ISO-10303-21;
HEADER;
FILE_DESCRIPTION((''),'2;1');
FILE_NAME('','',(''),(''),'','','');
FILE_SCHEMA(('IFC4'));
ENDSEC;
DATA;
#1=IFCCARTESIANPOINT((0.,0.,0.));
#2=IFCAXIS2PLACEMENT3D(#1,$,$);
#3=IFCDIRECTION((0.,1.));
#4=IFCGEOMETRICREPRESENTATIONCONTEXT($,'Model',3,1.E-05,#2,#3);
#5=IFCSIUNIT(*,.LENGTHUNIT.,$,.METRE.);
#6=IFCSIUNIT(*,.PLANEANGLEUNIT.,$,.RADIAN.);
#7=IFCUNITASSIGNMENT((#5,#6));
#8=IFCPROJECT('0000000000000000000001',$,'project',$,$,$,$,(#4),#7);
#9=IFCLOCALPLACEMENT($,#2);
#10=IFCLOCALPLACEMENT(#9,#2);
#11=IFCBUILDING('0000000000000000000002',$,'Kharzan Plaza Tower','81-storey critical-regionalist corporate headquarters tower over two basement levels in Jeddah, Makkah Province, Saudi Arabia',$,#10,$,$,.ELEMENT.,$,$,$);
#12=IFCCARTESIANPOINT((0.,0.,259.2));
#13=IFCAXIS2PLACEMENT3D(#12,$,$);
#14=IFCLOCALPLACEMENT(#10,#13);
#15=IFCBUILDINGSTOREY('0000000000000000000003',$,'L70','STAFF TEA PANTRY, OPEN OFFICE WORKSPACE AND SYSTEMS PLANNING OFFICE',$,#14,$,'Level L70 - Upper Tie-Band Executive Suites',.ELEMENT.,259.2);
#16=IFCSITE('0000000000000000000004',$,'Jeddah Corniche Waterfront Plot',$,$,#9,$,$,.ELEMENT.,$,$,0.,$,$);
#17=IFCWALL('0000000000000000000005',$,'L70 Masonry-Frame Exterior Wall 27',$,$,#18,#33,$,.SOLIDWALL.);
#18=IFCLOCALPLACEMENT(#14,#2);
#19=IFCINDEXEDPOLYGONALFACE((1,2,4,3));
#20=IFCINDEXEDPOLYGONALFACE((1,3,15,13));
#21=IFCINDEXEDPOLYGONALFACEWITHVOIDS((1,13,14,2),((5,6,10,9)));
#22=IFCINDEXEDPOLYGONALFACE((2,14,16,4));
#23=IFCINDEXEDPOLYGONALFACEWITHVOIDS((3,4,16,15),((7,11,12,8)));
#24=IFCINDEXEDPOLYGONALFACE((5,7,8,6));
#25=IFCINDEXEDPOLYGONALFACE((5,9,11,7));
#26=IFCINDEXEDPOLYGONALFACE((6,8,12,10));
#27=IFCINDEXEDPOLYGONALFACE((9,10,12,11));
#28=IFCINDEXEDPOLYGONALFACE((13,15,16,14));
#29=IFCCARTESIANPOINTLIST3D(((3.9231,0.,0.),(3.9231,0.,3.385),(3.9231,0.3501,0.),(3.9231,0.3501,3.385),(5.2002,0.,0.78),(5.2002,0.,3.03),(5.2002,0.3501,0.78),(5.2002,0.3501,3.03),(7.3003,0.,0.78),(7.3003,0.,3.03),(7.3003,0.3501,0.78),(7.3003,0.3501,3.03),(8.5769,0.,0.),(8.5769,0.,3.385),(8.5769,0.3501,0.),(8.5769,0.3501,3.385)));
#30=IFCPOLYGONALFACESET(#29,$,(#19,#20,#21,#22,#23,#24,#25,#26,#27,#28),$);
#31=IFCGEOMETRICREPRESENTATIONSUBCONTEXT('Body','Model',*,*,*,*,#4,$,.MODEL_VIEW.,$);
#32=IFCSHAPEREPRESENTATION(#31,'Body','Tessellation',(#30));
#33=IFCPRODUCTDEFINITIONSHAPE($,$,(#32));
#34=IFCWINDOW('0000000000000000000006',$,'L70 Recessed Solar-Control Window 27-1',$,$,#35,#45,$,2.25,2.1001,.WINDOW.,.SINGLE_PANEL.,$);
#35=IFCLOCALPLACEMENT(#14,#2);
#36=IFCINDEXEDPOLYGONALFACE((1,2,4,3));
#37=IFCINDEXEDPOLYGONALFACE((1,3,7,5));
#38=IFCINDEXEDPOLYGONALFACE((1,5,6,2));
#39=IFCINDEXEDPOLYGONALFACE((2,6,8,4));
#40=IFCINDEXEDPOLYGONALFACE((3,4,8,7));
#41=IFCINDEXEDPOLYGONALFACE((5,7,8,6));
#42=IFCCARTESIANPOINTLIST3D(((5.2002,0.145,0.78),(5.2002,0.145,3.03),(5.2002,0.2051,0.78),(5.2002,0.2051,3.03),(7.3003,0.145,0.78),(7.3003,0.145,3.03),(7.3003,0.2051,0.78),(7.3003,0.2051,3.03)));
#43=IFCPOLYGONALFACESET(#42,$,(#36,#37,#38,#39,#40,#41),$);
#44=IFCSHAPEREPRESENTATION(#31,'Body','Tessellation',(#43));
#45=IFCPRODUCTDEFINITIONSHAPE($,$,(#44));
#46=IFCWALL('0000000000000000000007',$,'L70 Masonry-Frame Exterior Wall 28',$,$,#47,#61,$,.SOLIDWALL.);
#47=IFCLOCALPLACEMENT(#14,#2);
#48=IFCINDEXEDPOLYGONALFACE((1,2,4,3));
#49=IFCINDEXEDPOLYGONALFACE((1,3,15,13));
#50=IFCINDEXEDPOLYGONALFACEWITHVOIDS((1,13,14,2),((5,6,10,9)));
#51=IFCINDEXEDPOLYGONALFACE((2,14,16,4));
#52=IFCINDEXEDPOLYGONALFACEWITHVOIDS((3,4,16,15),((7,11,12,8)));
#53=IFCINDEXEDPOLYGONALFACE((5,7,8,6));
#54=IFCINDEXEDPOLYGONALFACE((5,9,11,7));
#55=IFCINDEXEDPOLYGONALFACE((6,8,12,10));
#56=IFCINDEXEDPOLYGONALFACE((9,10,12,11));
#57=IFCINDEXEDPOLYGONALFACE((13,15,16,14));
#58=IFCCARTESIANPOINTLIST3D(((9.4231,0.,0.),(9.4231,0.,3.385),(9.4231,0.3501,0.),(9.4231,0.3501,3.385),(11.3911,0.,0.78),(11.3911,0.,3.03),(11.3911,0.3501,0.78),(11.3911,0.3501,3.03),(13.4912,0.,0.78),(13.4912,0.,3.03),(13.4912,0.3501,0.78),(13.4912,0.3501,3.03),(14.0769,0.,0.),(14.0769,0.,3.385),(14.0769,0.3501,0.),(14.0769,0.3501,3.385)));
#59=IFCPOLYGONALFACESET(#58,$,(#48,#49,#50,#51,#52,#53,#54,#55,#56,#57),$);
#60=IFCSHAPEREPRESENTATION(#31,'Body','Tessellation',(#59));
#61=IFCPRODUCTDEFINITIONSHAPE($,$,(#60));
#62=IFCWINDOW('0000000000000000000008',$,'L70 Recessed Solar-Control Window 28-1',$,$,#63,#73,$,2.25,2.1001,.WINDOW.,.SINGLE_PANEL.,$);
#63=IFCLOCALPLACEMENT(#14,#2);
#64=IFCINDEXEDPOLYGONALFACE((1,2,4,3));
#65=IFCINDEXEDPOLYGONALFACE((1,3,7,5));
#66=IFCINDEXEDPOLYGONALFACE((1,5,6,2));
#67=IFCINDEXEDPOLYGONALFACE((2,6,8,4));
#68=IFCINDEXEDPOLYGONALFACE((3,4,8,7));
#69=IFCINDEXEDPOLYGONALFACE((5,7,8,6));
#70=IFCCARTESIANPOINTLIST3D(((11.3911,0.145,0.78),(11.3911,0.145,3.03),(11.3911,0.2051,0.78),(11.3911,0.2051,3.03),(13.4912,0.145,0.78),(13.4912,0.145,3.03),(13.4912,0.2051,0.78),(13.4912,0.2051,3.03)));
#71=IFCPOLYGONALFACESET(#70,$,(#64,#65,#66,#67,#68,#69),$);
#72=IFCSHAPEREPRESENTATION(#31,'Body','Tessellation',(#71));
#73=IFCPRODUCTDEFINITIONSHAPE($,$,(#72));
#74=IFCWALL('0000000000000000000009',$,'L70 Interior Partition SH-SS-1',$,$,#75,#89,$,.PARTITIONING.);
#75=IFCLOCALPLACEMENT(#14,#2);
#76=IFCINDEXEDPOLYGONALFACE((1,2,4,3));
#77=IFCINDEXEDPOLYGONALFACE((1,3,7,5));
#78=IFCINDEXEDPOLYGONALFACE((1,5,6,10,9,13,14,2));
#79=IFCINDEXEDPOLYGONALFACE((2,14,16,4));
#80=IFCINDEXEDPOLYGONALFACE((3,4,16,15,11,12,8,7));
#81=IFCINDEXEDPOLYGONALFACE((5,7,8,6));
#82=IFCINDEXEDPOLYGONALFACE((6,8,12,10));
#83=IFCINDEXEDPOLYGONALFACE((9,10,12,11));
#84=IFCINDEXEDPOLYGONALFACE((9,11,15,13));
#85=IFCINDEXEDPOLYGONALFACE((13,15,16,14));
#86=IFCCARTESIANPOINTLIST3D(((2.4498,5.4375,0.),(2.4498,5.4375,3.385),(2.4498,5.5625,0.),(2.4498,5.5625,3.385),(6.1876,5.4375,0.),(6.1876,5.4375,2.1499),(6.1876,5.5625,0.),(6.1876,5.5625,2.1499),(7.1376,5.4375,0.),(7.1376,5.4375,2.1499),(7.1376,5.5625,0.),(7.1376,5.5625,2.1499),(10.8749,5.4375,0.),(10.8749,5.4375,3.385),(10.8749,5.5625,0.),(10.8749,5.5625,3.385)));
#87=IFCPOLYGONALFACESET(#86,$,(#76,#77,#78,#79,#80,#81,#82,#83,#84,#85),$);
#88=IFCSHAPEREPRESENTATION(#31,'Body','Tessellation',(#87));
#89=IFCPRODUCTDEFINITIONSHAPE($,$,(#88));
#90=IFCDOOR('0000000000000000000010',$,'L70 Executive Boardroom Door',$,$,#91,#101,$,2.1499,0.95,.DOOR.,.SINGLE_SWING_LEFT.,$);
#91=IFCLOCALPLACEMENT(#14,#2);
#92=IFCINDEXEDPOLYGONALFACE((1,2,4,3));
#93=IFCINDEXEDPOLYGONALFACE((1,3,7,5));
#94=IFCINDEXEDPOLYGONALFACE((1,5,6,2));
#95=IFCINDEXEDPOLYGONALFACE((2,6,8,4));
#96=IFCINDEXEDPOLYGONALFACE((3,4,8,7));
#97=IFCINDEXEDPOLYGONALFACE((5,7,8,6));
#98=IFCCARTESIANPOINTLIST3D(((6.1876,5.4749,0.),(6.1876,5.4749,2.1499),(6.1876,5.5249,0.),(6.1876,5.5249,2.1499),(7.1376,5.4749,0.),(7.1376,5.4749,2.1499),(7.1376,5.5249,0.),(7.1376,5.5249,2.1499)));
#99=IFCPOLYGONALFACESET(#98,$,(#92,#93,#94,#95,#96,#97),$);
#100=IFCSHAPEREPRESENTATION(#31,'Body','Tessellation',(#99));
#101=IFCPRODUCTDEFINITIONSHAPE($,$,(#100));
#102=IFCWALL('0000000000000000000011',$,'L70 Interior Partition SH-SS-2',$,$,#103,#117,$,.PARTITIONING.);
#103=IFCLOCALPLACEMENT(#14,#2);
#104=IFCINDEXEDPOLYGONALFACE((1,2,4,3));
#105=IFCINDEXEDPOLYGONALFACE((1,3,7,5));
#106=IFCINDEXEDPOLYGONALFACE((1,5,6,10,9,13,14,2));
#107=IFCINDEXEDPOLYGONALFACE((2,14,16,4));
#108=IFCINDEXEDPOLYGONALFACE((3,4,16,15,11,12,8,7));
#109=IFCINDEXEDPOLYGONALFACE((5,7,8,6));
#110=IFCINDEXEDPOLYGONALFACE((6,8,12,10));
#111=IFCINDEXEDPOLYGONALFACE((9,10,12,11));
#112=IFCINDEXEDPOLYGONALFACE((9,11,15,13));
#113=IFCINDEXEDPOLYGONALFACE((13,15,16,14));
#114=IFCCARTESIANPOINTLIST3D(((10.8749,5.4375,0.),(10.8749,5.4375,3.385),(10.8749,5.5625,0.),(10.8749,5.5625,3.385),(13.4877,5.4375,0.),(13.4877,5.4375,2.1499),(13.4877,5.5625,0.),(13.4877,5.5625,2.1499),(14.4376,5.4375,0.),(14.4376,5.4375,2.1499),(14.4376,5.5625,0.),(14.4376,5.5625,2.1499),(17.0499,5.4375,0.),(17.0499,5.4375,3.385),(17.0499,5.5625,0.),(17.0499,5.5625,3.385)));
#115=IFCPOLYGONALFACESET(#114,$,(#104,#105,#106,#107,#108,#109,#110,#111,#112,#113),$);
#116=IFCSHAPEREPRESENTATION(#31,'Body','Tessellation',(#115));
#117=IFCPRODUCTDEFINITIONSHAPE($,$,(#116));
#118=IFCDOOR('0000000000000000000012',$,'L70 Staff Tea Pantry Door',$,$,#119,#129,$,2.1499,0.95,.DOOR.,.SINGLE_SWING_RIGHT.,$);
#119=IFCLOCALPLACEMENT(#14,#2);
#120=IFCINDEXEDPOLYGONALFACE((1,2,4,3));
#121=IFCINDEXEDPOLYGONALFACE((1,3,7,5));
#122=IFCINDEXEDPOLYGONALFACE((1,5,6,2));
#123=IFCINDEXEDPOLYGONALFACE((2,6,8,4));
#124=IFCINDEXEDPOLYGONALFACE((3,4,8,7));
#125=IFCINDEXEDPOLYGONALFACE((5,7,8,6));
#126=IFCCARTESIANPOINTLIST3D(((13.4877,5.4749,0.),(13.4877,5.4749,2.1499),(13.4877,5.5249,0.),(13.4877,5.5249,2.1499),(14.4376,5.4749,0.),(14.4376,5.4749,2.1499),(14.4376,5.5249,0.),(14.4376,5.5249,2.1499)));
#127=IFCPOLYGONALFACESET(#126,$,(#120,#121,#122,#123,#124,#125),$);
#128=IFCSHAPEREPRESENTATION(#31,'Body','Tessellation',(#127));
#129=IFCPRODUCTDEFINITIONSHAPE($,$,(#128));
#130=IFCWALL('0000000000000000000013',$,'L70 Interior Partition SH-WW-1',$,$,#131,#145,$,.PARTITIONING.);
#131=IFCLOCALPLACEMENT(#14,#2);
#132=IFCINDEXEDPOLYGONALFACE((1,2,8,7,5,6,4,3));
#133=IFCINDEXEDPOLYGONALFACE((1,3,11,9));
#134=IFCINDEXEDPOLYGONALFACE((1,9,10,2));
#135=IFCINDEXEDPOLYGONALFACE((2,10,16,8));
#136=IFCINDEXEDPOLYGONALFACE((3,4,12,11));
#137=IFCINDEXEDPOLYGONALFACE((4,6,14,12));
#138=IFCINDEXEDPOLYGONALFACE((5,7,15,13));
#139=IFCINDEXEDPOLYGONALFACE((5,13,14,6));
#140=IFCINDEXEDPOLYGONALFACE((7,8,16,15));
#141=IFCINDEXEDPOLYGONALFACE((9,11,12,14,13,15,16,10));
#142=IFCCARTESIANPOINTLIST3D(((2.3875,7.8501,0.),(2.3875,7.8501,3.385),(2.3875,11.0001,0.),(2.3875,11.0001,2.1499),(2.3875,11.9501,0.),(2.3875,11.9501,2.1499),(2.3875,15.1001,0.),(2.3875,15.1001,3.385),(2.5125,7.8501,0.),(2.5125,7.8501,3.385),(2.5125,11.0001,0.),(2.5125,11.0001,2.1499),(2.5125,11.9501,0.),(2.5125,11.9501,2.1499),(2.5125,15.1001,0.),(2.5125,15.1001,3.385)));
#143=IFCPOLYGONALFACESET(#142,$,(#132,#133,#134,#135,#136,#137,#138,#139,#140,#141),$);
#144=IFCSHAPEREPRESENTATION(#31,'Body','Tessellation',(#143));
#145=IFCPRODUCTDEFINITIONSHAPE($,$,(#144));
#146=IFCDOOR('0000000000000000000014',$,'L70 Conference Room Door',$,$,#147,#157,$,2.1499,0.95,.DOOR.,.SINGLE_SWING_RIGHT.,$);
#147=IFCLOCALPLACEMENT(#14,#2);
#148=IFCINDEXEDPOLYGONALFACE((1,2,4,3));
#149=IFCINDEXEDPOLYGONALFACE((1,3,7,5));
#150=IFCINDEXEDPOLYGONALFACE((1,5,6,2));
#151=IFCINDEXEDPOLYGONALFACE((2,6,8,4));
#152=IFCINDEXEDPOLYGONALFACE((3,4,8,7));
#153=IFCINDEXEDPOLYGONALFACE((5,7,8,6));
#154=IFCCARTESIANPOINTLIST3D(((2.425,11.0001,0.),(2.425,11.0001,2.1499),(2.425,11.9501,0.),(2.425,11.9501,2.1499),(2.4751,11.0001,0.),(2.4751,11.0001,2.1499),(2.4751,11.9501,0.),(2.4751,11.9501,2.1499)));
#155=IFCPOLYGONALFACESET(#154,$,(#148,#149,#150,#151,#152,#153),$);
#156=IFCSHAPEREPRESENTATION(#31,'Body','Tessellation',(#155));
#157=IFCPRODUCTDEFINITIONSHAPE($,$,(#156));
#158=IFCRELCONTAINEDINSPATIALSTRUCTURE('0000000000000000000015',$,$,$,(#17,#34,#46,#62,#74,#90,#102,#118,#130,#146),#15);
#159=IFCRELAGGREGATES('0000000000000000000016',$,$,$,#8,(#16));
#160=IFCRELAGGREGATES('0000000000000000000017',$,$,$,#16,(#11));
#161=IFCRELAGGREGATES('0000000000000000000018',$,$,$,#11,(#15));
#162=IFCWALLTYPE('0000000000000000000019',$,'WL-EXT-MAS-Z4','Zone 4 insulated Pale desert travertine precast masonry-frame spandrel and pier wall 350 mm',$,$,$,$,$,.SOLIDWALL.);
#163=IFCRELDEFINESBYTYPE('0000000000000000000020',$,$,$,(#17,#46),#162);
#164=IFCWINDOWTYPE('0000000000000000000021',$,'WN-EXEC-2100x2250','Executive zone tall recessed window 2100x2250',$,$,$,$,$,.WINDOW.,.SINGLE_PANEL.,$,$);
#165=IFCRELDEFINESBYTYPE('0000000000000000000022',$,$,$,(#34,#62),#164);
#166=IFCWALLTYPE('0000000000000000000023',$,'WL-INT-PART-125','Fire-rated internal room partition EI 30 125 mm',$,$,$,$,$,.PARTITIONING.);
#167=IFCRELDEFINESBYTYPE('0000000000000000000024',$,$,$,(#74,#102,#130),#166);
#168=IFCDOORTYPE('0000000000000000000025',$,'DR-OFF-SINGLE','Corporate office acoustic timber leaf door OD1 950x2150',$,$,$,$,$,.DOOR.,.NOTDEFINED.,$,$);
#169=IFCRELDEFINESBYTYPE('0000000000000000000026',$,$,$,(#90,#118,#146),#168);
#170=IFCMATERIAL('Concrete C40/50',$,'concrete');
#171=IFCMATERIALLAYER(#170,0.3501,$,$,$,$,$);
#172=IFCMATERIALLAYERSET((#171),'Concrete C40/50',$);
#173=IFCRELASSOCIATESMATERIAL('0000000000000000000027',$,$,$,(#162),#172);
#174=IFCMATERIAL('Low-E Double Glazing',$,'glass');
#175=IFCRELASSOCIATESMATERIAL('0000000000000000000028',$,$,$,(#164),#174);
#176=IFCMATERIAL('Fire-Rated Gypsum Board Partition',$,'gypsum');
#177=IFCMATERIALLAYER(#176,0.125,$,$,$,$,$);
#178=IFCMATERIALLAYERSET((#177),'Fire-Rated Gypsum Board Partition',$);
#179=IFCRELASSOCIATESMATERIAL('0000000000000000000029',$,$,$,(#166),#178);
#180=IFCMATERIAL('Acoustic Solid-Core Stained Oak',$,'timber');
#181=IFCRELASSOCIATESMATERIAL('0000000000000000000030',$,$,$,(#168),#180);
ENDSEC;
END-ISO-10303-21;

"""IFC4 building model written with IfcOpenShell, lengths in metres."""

from ifc_helpers import new_model, si_unit, direction, frame, frame_2d, origin, place, context, subcontext, project, spatial, rectangle, extrude, source, transform, mapped, material, layer, layer_set, type_object, element, fill, save


model = new_model("IFC4")

# Units and contexts
model_context = context("Model", 3, precision=1e-05, world=origin(), true_north=direction((0.0, 1.0)))
body_context = subcontext(model_context, "Body", "Model", "MODEL_VIEW")
ifc_project = project(units=[si_unit("LENGTHUNIT", "METRE"), si_unit("PLANEANGLEUNIT", "RADIAN")], contexts=[model_context])

# Site, building, storey
site_placement = place(None, origin())
site = spatial("IfcSite", under=ifc_project, at=site_placement, Name="Jeddah Corniche Waterfront Plot", CompositionType="ELEMENT", RefElevation=0.0)
building_placement = place(site_placement, origin())
building = spatial("IfcBuilding", under=site, at=building_placement, Name="Kharzan Plaza Tower", Description="81-storey critical-regionalist corporate headquarters tower over two basement levels in Jeddah, Makkah Province, Saudi Arabia", CompositionType="ELEMENT")
storey_placement = place(building_placement, frame((0.0, 0.0, 259.2)))
storey = spatial("IfcBuildingStorey", under=building, at=storey_placement, Name="L70", Description="STAFF TEA PANTRY, OPEN OFFICE WORKSPACE AND SYSTEMS PLANNING OFFICE", LongName="Level L70 - Upper Tie-Band Executive Suites", CompositionType="ELEMENT", Elevation=259.2)

# Walls, openings, windows
ifc_material_1 = material(Name="Concrete C40/50", Category="concrete")
ifc_layer_1 = layer(ifc_material_1, 0.3501)
ifc_layer_set_1 = layer_set([ifc_layer_1], Name="Concrete C40/50")
wall_type_1 = type_object("IfcWallType", Name="WL-EXT-MAS-Z4", Description="Zone 4 insulated Pale desert travertine precast masonry-frame spandrel and pier wall 350 mm", PredefinedType="SOLIDWALL", material=ifc_layer_set_1)
ifc_material_2 = material(Name="Low-E Double Glazing", Category="glass")
wall_1_placement = place(storey_placement, frame((3.9231, 0.175, 0.0), z_axis=(0.0, 0.0, 1.0), x_axis=(1.0, 0.0, 0.0)))
wall_1 = element("IfcWall", 1, at=wall_1_placement, inside=storey, type_object=wall_type_1, Name="L70 Masonry-Frame Exterior Wall 27", PredefinedType="SOLIDWALL", context=body_context, shape_type="SweptSolid", body=[
    extrude(rectangle(XDim=4.6538, YDim=0.3501, at=frame_2d((2.3269, 0.0))), origin(), (0.0, 0.0, 1.0), 3.385),
])
opening_1_placement = place(wall_1_placement, frame((1.2771, 0.0, 0.78)))
opening_1 = element("IfcOpeningElement", 2, at=opening_1_placement, cuts=wall_1, PredefinedType="OPENING", context=body_context, shape_type="SweptSolid", body=[
    extrude(rectangle(XDim=2.1001, YDim=2.25, at=frame_2d((1.05, 1.125))), frame((0.0, 0.1851, 0.0), z_axis=(0.0, -1.0, 0.0), x_axis=(1.0, 0.0, 0.0)), (0.0, 0.0, 1.0), 0.3701),
])
window_type_1 = type_object("IfcWindowType", Name="WN-EXEC-2100x2250", Description="Executive zone tall recessed window 2100x2250", PartitioningType="SINGLE_PANEL", PredefinedType="WINDOW", material=ifc_material_2)
shared_shape_1 = source(origin(), body_context, "Body", "SweptSolid", [
    extrude(rectangle(XDim=2.1001, YDim=2.25, at=frame_2d((1.05, 1.125))), frame((0.0, 0.03, 0.0), z_axis=(0.0, -1.0, 0.0), x_axis=(1.0, 0.0, 0.0)), (0.0, 0.0, 1.0), 0.0601),
])
window_1_placement = place(opening_1_placement, origin())
window_1 = element("IfcWindow", 3, at=window_1_placement, inside=storey, type_object=window_type_1, Name="L70 Recessed Solar-Control Window 27-1", OverallHeight=2.25, OverallWidth=2.1001, PartitioningType="SINGLE_PANEL", PredefinedType="WINDOW", context=body_context, shape_type="MappedRepresentation", body=[
    mapped(shared_shape_1, transform((0.0, 0.0, 0.0), x_axis=(1.0, 0.0, 0.0), y_axis=(0.0, 1.0, 0.0), z_axis=(0.0, 0.0, 1.0))),
])
fill(opening_1, window_1)
wall_2_placement = place(storey_placement, frame((9.4231, 0.175, 0.0), z_axis=(0.0, 0.0, 1.0), x_axis=(1.0, 0.0, 0.0)))
wall_2 = element("IfcWall", 4, at=wall_2_placement, inside=storey, type_object=wall_type_1, Name="L70 Masonry-Frame Exterior Wall 28", PredefinedType="SOLIDWALL", context=body_context, shape_type="SweptSolid", body=[
    extrude(rectangle(XDim=4.6538, YDim=0.3501, at=frame_2d((2.3269, 0.0))), origin(), (0.0, 0.0, 1.0), 3.385),
])
opening_2_placement = place(wall_2_placement, frame((1.968, 0.0, 0.78)))
opening_2 = element("IfcOpeningElement", 5, at=opening_2_placement, cuts=wall_2, PredefinedType="OPENING", context=body_context, shape_type="SweptSolid", body=[
    extrude(rectangle(XDim=2.1001, YDim=2.25, at=frame_2d((1.05, 1.125))), frame((0.0, 0.1851, 0.0), z_axis=(0.0, -1.0, 0.0), x_axis=(1.0, 0.0, 0.0)), (0.0, 0.0, 1.0), 0.3701),
])
window_2_placement = place(opening_2_placement, origin())
window_2 = element("IfcWindow", 6, at=window_2_placement, inside=storey, type_object=window_type_1, Name="L70 Recessed Solar-Control Window 28-1", OverallHeight=2.25, OverallWidth=2.1001, PartitioningType="SINGLE_PANEL", PredefinedType="WINDOW", context=body_context, shape_type="MappedRepresentation", body=[
    mapped(shared_shape_1, transform((0.0, 0.0, 0.0), x_axis=(1.0, 0.0, 0.0), y_axis=(0.0, 1.0, 0.0), z_axis=(0.0, 0.0, 1.0))),
])
fill(opening_2, window_2)

# Walls, openings, doors
ifc_material_3 = material(Name="Fire-Rated Gypsum Board Partition", Category="gypsum")
ifc_layer_2 = layer(ifc_material_3, 0.125)
ifc_layer_set_2 = layer_set([ifc_layer_2], Name="Fire-Rated Gypsum Board Partition")
wall_type_2 = type_object("IfcWallType", Name="WL-INT-PART-125", Description="Fire-rated internal room partition EI 30 125 mm", PredefinedType="PARTITIONING", material=ifc_layer_set_2)
wall_3_placement = place(storey_placement, frame((2.45, 5.5, 0.0), z_axis=(0.0, 0.0, 1.0), x_axis=(1.0, 0.0, 0.0)))
wall_3 = element("IfcWall", 7, at=wall_3_placement, inside=storey, type_object=wall_type_2, Name="L70 Interior Partition SH-SS-1", PredefinedType="PARTITIONING", context=body_context, shape_type="SweptSolid", body=[
    extrude(rectangle(XDim=8.425, YDim=0.125, at=frame_2d((4.2124, 0.0))), origin(), (0.0, 0.0, 1.0), 3.385),
])
opening_3_placement = place(wall_3_placement, frame((3.7375, 0.0, 0.0)))
opening_3 = element("IfcOpeningElement", 8, at=opening_3_placement, cuts=wall_3, PredefinedType="OPENING", context=body_context, shape_type="SweptSolid", body=[
    extrude(rectangle(XDim=0.95, YDim=2.1499, at=frame_2d((0.4751, 1.075))), frame((0.0, 0.0725, 0.0), z_axis=(0.0, -1.0, 0.0), x_axis=(1.0, 0.0, 0.0)), (0.0, 0.0, 1.0), 0.145),
])
ifc_material_4 = material(Name="Acoustic Solid-Core Stained Oak", Category="timber")
door_type = type_object("IfcDoorType", Name="DR-OFF-SINGLE", Description="Corporate office acoustic timber leaf door OD1 950x2150", OperationType="NOTDEFINED", PredefinedType="DOOR", material=ifc_material_4)
shared_shape_2 = source(origin(), body_context, "Body", "SweptSolid", [
    extrude(rectangle(XDim=0.95, YDim=2.1499, at=frame_2d((0.4751, 1.075))), frame((0.0, 0.0249, 0.0), z_axis=(0.0, -1.0, 0.0), x_axis=(1.0, 0.0, 0.0)), (0.0, 0.0, 1.0), 0.05),
])
door_1_placement = place(opening_3_placement, origin())
door_1 = element("IfcDoor", 9, at=door_1_placement, inside=storey, type_object=door_type, Name="L70 Executive Boardroom Door", OperationType="SINGLE_SWING_LEFT", OverallHeight=2.1499, OverallWidth=0.95, PredefinedType="DOOR", context=body_context, shape_type="MappedRepresentation", body=[
    mapped(shared_shape_2, transform((0.0, 0.0, 0.0), x_axis=(1.0, 0.0, 0.0), y_axis=(0.0, 1.0, 0.0), z_axis=(0.0, 0.0, 1.0))),
])
fill(opening_3, door_1)
wall_4_placement = place(storey_placement, frame((10.875, 5.5, 0.0), z_axis=(0.0, 0.0, 1.0), x_axis=(1.0, 0.0, 0.0)))
wall_4 = element("IfcWall", 10, at=wall_4_placement, inside=storey, type_object=wall_type_2, Name="L70 Interior Partition SH-SS-2", PredefinedType="PARTITIONING", context=body_context, shape_type="SweptSolid", body=[
    extrude(rectangle(XDim=6.175, YDim=0.125, at=frame_2d((3.0874, 0.0))), origin(), (0.0, 0.0, 1.0), 3.385),
])
opening_4_placement = place(wall_4_placement, frame((2.6125, 0.0, 0.0)))
opening_4 = element("IfcOpeningElement", 11, at=opening_4_placement, cuts=wall_4, PredefinedType="OPENING", context=body_context, shape_type="SweptSolid", body=[
    extrude(rectangle(XDim=0.95, YDim=2.1499, at=frame_2d((0.4751, 1.075))), frame((0.0, 0.0725, 0.0), z_axis=(0.0, -1.0, 0.0), x_axis=(1.0, 0.0, 0.0)), (0.0, 0.0, 1.0), 0.145),
])
door_2_placement = place(opening_4_placement, origin())
door_2 = element("IfcDoor", 12, at=door_2_placement, inside=storey, type_object=door_type, Name="L70 Staff Tea Pantry Door", OperationType="SINGLE_SWING_RIGHT", OverallHeight=2.1499, OverallWidth=0.95, PredefinedType="DOOR", context=body_context, shape_type="MappedRepresentation", body=[
    mapped(shared_shape_2, transform((0.0, 0.0, 0.0), x_axis=(1.0, 0.0, 0.0), y_axis=(0.0, 1.0, 0.0), z_axis=(0.0, 0.0, 1.0))),
])
fill(opening_4, door_2)
wall_5_placement = place(storey_placement, frame((2.45, 7.8501, 0.0), z_axis=(0.0, 0.0, 1.0), x_axis=(0.0, 1.0, 0.0)))
wall_5 = element("IfcWall", 13, at=wall_5_placement, inside=storey, type_object=wall_type_2, Name="L70 Interior Partition SH-WW-1", PredefinedType="PARTITIONING", context=body_context, shape_type="SweptSolid", body=[
    extrude(rectangle(XDim=7.25, YDim=0.125, at=frame_2d((3.625, 0.0))), origin(), (0.0, 0.0, 1.0), 3.385),
])
opening_5_placement = place(wall_5_placement, frame((3.1499, 0.0, 0.0)))
opening_5 = element("IfcOpeningElement", 14, at=opening_5_placement, cuts=wall_5, PredefinedType="OPENING", context=body_context, shape_type="SweptSolid", body=[
    extrude(rectangle(XDim=0.95, YDim=2.1499, at=frame_2d((0.4751, 1.075))), frame((0.0, 0.0725, 0.0), z_axis=(0.0, -1.0, 0.0), x_axis=(1.0, 0.0, 0.0)), (0.0, 0.0, 1.0), 0.145),
])
door_3_placement = place(opening_5_placement, origin())
door_3 = element("IfcDoor", 15, at=door_3_placement, inside=storey, type_object=door_type, Name="L70 Conference Room Door", OperationType="SINGLE_SWING_RIGHT", OverallHeight=2.1499, OverallWidth=0.95, PredefinedType="DOOR", context=body_context, shape_type="MappedRepresentation", body=[
    mapped(shared_shape_2, transform((0.0, 0.0, 0.0), x_axis=(1.0, 0.0, 0.0), y_axis=(0.0, 1.0, 0.0), z_axis=(0.0, 0.0, 1.0))),
])
fill(opening_5, door_3)

save(model, "model.ifc")
